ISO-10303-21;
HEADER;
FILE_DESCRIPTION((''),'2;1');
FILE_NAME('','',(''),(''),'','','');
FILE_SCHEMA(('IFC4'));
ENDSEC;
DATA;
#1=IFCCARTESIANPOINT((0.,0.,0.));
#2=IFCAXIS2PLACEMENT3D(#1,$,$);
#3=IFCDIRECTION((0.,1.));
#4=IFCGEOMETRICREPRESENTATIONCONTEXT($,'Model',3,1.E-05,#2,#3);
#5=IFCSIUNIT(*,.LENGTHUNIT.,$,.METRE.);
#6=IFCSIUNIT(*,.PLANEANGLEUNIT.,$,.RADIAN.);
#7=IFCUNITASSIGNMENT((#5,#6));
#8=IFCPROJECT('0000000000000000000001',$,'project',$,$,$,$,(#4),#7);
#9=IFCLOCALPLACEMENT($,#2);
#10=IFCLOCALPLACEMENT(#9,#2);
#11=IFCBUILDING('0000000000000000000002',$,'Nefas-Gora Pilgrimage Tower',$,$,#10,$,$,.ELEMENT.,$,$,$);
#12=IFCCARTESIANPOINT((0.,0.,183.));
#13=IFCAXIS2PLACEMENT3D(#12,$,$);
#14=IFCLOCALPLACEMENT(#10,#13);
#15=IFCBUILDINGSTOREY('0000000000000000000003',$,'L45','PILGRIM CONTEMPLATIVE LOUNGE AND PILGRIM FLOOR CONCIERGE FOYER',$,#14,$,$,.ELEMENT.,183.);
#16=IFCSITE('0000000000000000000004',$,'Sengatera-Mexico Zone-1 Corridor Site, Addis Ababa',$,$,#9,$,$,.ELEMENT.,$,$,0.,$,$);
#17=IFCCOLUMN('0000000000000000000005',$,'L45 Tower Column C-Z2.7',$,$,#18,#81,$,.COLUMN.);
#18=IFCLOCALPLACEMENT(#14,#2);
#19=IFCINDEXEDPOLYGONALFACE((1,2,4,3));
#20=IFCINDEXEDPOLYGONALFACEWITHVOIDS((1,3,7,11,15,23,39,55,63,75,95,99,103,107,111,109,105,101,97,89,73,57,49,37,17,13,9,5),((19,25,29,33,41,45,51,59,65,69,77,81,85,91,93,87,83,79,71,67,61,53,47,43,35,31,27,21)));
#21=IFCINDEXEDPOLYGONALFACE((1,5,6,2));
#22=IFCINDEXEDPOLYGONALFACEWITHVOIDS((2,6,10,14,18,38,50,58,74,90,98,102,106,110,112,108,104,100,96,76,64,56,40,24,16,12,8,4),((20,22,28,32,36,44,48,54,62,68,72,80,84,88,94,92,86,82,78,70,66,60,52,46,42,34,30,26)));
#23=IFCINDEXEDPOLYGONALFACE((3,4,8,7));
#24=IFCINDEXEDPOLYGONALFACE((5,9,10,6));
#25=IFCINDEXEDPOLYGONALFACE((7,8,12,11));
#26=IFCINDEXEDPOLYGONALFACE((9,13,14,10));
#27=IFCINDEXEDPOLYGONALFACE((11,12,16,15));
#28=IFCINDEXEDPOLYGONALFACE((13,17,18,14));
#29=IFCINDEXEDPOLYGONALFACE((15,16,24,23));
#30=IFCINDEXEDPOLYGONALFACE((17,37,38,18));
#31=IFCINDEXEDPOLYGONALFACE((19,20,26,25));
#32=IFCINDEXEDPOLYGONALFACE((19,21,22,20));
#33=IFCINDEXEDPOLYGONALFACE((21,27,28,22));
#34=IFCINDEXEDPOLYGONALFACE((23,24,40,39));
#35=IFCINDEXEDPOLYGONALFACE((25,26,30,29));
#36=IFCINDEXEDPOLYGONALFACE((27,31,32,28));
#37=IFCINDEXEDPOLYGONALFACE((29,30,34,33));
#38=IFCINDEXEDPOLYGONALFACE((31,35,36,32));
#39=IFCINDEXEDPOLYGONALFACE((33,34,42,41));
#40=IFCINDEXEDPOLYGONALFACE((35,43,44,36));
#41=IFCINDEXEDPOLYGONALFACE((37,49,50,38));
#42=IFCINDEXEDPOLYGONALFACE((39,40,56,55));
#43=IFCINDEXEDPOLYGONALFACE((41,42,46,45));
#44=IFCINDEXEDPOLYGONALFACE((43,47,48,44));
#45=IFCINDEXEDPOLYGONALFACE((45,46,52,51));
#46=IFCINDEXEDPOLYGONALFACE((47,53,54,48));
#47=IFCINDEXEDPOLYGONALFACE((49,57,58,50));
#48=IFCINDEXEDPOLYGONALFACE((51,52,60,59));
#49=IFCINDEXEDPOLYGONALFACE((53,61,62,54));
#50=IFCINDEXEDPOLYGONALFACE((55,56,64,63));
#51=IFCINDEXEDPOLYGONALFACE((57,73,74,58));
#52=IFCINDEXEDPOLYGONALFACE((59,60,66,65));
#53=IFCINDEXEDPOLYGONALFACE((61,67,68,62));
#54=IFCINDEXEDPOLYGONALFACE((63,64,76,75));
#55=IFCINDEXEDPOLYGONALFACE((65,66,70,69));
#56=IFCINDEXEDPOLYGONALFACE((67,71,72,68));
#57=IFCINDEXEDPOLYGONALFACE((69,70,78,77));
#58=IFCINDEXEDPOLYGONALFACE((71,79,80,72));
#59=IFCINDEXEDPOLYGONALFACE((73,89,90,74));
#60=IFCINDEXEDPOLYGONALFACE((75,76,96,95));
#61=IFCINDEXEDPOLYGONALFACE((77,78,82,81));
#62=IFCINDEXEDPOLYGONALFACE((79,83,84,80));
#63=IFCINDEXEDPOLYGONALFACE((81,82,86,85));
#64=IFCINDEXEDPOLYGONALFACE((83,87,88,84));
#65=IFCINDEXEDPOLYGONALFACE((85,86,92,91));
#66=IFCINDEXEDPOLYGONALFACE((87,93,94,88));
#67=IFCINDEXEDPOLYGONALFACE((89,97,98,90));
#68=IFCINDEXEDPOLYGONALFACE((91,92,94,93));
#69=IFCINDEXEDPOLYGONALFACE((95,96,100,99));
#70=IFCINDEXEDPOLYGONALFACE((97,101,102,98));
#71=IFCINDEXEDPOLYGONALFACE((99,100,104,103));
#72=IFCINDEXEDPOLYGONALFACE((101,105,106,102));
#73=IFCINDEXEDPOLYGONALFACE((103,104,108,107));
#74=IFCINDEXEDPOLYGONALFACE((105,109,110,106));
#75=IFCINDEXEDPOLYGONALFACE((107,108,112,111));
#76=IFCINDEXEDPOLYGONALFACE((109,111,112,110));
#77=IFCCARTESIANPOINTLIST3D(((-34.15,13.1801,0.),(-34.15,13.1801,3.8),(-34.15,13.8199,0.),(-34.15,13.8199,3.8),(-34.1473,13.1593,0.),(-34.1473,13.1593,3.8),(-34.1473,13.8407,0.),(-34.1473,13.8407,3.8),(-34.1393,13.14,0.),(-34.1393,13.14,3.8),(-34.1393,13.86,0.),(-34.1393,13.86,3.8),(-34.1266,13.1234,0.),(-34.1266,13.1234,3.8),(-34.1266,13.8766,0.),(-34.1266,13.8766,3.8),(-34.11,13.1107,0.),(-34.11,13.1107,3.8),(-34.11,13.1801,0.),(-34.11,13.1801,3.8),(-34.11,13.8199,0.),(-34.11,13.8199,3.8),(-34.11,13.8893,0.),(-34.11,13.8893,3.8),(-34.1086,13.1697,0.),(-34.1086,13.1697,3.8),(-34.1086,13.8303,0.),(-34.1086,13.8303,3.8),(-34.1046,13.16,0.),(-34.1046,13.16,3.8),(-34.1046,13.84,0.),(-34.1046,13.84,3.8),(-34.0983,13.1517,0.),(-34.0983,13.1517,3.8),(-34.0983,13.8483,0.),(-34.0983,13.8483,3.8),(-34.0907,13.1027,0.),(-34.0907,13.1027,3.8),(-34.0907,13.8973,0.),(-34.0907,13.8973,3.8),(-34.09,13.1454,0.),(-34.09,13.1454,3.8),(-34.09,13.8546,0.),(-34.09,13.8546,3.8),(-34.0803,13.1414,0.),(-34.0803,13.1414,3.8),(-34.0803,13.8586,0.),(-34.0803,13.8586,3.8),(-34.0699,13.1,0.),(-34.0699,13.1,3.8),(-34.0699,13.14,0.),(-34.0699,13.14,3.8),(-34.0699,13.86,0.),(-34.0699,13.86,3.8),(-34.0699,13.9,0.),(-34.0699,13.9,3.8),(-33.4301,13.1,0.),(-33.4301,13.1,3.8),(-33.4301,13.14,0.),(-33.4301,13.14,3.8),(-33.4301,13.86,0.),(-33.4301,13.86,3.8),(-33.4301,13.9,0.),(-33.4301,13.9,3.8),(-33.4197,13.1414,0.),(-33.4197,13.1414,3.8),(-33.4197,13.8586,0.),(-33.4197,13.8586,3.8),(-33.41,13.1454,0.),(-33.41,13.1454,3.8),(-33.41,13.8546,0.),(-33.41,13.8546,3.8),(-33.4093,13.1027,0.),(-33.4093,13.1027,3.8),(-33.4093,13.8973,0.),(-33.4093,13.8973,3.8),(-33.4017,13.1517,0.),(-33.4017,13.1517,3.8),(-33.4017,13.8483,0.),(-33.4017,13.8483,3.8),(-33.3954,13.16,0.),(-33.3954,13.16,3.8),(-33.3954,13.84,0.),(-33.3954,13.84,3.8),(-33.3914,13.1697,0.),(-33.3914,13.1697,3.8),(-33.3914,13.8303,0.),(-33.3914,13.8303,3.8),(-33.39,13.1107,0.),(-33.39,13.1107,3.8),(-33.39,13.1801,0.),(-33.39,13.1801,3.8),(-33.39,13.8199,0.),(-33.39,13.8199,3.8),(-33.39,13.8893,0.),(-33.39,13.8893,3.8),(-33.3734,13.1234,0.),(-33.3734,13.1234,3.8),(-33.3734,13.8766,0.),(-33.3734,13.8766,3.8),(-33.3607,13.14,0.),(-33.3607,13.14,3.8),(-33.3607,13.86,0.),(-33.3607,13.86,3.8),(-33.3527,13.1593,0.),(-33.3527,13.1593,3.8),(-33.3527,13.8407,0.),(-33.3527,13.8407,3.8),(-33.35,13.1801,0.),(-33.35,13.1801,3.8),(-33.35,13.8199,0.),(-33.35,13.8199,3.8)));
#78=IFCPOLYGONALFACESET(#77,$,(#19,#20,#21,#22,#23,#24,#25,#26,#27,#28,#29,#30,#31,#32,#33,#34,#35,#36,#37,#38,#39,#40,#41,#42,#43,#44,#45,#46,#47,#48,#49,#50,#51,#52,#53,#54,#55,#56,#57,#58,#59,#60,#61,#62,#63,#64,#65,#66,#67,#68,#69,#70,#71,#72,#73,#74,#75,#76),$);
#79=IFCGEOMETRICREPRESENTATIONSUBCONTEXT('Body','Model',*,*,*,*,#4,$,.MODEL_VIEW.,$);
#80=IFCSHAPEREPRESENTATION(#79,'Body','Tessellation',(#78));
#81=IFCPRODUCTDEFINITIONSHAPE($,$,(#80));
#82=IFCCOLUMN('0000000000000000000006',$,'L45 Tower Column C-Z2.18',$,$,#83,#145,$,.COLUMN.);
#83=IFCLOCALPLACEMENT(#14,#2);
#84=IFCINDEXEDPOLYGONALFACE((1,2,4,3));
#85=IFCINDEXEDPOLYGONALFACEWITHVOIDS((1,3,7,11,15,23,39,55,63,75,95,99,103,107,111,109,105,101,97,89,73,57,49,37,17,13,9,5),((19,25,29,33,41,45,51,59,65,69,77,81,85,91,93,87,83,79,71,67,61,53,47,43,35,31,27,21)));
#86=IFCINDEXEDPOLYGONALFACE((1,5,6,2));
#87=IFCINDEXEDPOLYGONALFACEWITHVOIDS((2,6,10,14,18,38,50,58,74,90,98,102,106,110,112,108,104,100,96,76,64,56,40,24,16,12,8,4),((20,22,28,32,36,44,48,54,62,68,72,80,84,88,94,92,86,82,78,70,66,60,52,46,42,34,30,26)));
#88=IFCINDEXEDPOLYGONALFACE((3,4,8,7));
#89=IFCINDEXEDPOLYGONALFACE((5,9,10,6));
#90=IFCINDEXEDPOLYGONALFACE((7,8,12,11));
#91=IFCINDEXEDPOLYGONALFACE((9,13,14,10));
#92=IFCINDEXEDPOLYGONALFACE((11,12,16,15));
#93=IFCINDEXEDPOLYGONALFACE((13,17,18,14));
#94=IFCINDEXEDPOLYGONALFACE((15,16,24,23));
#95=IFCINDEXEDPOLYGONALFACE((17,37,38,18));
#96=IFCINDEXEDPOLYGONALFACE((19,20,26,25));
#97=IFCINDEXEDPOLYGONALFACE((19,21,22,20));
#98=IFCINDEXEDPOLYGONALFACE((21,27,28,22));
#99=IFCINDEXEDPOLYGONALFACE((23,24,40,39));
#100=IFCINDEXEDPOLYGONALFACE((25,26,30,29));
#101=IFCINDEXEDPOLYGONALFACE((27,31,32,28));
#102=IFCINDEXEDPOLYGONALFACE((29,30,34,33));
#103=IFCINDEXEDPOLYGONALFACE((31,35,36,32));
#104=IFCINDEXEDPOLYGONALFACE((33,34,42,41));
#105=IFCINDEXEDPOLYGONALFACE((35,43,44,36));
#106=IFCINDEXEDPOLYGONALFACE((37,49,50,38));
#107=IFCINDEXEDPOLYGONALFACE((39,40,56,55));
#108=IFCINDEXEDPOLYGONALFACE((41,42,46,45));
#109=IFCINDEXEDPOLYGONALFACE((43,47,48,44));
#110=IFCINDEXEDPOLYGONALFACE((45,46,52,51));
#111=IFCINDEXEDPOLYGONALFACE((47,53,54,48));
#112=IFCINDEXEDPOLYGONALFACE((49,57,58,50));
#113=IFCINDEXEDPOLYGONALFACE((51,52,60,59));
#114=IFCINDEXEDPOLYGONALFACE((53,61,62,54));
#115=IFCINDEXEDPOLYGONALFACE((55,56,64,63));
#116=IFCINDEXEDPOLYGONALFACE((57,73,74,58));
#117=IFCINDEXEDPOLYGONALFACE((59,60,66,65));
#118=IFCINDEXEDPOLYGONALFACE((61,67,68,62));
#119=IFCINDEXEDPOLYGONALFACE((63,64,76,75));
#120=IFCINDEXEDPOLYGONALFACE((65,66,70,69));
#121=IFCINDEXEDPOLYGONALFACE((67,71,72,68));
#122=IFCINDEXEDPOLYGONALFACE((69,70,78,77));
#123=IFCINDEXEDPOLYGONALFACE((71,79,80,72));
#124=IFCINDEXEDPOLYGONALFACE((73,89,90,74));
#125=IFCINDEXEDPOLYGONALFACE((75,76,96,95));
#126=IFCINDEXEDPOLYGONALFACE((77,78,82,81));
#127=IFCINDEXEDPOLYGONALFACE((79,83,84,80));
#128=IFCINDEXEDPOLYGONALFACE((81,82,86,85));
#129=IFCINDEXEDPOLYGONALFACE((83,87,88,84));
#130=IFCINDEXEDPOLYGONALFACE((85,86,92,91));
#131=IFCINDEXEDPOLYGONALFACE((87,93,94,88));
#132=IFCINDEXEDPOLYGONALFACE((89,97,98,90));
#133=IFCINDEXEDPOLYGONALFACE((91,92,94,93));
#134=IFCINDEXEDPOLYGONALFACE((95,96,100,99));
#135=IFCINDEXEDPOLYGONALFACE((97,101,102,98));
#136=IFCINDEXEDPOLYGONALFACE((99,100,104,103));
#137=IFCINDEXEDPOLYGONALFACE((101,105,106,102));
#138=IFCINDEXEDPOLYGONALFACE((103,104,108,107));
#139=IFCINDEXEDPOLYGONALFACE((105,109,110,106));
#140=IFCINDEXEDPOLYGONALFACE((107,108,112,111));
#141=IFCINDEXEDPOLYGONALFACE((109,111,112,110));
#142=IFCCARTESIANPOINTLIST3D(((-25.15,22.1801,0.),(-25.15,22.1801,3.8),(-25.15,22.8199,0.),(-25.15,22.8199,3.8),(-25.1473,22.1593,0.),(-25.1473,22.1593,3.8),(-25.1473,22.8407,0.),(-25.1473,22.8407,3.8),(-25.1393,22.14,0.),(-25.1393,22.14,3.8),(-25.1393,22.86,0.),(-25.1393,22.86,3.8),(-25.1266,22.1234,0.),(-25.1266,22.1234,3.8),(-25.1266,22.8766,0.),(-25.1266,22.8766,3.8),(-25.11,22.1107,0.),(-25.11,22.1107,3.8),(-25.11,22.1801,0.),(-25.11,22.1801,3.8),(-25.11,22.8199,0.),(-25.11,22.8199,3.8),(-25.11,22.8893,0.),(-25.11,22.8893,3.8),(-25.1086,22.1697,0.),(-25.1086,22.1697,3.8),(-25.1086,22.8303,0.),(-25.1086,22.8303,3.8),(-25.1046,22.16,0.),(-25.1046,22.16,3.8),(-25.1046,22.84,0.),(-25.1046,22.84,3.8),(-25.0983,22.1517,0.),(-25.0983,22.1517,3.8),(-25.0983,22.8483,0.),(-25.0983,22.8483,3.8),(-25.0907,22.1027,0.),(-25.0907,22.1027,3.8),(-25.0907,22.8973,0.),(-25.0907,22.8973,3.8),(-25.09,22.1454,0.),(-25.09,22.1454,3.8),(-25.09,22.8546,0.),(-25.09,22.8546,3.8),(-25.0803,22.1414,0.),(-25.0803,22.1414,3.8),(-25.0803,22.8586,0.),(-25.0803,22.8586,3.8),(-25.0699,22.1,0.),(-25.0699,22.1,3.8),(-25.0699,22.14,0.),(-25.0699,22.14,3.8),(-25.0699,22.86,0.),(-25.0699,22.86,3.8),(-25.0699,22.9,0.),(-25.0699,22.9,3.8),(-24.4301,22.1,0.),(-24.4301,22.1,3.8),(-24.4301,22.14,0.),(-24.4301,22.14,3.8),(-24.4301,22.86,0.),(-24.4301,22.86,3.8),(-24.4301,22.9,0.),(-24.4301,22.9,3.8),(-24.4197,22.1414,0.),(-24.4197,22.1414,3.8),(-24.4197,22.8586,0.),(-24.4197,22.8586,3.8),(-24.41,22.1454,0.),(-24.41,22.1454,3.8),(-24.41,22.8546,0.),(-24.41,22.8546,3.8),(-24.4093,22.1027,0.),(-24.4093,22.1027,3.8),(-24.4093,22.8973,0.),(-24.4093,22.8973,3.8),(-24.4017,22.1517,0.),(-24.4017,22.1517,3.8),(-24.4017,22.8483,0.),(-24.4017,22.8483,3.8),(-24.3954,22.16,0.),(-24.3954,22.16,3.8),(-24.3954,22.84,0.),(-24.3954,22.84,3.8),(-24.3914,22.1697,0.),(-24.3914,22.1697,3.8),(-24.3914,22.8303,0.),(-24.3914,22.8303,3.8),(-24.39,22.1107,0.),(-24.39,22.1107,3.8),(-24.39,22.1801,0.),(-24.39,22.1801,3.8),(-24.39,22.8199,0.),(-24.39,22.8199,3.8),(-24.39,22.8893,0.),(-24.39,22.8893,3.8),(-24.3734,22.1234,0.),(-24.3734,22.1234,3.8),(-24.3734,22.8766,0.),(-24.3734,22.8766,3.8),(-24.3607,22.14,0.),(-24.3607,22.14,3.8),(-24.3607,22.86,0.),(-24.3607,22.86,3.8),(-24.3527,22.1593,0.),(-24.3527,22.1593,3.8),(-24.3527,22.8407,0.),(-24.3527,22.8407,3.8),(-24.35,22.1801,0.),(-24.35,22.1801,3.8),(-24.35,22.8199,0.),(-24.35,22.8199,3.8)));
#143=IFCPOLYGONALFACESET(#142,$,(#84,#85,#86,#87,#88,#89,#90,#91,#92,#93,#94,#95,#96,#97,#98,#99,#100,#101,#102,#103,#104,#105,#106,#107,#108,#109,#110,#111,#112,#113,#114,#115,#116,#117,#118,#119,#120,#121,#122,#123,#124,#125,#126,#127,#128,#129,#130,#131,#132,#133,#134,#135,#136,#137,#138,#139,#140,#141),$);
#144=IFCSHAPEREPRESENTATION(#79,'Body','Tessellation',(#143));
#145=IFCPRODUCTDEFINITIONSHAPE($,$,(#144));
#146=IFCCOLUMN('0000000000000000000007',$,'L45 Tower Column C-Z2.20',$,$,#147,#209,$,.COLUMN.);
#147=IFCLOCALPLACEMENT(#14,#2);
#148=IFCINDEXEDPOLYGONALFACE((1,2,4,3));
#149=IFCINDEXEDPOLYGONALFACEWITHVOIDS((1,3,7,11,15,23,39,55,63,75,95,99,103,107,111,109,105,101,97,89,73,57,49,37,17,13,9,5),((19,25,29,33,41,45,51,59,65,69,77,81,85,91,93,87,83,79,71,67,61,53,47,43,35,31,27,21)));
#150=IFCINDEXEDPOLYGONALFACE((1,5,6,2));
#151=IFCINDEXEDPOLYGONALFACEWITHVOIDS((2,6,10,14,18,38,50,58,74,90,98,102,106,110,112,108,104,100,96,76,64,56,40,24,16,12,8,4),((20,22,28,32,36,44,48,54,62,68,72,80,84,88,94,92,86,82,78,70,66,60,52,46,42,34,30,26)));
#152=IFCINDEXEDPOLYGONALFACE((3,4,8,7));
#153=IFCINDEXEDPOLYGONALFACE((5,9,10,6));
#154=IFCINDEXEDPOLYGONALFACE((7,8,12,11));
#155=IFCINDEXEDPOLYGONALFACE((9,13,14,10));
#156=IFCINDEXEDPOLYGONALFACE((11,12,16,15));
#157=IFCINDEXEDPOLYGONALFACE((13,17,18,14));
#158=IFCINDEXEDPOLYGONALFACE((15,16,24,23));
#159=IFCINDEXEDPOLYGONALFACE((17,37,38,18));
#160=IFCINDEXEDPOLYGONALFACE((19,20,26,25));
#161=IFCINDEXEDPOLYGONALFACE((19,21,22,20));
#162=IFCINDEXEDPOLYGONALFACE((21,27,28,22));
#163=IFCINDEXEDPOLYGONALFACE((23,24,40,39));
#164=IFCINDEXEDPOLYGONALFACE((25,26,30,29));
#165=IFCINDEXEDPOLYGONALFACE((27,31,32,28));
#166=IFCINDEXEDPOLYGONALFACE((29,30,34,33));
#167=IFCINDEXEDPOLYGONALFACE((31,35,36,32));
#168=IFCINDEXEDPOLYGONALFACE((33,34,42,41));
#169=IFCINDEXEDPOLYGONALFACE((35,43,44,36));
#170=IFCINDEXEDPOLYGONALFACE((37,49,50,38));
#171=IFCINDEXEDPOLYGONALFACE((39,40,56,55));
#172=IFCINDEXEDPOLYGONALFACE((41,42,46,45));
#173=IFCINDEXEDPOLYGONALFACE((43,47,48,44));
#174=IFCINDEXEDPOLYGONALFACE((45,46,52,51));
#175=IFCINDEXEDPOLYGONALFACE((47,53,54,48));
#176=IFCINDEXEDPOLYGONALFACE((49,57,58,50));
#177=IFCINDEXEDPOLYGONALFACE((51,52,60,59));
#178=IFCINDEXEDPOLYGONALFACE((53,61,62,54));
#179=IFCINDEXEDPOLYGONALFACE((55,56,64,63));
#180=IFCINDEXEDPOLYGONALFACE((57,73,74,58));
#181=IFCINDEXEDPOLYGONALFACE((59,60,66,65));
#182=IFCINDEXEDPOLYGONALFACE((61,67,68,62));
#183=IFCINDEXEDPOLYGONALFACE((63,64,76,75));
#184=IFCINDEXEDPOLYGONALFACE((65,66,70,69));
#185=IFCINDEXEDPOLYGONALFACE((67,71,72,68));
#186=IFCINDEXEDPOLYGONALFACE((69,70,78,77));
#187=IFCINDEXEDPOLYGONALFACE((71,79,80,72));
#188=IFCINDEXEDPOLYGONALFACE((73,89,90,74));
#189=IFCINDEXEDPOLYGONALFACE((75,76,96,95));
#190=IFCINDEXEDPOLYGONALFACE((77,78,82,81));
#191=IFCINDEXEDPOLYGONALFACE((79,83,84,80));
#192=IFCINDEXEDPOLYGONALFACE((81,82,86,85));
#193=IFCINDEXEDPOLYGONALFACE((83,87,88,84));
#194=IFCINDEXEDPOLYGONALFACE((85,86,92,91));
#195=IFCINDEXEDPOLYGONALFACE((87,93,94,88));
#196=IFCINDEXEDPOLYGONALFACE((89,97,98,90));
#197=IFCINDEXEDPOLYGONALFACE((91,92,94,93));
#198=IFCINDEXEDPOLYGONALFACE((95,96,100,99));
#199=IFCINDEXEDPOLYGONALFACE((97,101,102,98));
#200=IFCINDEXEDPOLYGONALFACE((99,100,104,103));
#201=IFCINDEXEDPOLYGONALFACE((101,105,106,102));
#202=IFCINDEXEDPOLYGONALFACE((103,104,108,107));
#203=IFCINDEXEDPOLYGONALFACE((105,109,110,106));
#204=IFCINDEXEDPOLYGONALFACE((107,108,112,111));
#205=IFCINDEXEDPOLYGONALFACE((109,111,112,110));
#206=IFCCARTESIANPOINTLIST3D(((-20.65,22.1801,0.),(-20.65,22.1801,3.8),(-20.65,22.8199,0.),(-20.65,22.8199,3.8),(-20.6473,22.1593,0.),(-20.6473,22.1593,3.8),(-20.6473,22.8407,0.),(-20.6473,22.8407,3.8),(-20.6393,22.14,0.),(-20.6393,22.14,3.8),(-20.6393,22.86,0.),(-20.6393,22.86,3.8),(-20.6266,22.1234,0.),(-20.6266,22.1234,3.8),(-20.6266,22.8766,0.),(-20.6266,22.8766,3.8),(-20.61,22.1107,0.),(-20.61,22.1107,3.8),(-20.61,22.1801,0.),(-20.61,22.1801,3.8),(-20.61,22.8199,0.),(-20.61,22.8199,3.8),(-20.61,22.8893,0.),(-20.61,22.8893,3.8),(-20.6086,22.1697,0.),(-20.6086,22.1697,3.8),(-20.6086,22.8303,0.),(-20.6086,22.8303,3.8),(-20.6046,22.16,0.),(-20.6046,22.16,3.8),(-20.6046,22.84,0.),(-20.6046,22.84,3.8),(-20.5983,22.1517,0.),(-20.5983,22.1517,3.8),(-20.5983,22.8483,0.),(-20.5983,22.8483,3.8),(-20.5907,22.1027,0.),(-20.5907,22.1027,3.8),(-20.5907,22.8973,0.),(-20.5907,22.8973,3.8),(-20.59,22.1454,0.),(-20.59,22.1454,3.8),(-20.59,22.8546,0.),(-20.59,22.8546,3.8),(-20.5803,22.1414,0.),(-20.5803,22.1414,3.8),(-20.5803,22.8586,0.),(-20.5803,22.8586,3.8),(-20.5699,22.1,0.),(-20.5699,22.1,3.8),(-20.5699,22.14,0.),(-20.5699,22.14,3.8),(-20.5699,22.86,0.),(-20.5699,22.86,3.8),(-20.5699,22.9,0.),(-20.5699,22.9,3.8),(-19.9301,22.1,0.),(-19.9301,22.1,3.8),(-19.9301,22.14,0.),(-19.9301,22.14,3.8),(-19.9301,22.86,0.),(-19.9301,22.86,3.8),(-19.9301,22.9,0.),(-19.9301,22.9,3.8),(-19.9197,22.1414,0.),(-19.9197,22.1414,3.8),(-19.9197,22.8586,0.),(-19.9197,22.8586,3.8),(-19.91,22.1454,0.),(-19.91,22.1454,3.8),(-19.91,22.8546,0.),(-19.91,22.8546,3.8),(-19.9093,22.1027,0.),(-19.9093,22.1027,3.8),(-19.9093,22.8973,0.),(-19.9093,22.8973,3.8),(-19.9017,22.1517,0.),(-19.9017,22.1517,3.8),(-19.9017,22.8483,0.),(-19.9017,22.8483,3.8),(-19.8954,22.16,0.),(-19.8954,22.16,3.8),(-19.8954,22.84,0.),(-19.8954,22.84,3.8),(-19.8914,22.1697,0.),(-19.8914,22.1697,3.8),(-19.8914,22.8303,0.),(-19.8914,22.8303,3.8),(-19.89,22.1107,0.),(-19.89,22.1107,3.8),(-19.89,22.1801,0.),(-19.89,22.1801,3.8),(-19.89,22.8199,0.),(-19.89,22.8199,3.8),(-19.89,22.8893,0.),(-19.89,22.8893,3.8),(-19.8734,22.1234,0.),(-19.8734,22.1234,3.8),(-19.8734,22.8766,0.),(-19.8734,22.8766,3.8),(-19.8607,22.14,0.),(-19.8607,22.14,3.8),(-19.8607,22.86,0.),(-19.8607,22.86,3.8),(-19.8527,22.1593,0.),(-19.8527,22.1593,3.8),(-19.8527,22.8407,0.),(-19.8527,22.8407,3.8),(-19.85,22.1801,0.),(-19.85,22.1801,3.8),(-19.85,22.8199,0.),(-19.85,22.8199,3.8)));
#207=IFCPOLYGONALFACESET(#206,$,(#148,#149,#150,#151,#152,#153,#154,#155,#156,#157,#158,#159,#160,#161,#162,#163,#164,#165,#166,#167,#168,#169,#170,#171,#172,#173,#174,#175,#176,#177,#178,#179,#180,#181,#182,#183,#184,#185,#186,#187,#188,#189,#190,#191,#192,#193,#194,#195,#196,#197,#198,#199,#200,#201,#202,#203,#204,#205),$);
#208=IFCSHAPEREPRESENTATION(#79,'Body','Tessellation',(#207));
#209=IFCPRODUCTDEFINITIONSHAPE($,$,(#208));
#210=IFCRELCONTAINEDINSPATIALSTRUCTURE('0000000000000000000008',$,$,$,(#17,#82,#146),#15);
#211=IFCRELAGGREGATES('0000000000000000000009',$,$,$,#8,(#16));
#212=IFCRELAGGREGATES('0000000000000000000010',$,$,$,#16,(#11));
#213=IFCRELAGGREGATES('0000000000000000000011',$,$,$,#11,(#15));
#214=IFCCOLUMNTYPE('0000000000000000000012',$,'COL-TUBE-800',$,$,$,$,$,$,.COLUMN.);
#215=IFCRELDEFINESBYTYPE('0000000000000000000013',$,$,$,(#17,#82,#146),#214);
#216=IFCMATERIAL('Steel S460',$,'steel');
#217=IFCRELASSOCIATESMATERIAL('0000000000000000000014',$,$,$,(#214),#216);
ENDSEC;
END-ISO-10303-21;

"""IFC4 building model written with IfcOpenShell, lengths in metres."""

from ifc_helpers import new_model, si_unit, direction, frame, origin, origin_2d, place, context, subcontext, project, spatial, hollow_rectangle, extrude, source, transform, mapped, material, material_profile, profile_set, type_object, element, save


model = new_model("IFC4")

# Units and contexts
model_context = context("Model", 3, precision=1e-05, world=origin(), true_north=direction((0.0, 1.0)))
body_context = subcontext(model_context, "Body", "Model", "MODEL_VIEW")
ifc_project = project(units=[si_unit("LENGTHUNIT", "METRE"), si_unit("PLANEANGLEUNIT", "RADIAN")], contexts=[model_context])

# Site, building, storey
site_placement = place(None, origin())
site = spatial("IfcSite", under=ifc_project, at=site_placement, Name="Sengatera-Mexico Zone-1 Corridor Site, Addis Ababa", CompositionType="ELEMENT", RefElevation=0.0)
building_placement = place(site_placement, origin())
building = spatial("IfcBuilding", under=site, at=building_placement, Name="Nefas-Gora Pilgrimage Tower", CompositionType="ELEMENT")
storey_placement = place(building_placement, frame((0.0, 0.0, 183.0)))
storey = spatial("IfcBuildingStorey", under=building, at=storey_placement, Name="L45", Description="PILGRIM CONTEMPLATIVE LOUNGE AND PILGRIM FLOOR CONCIERGE FOYER", CompositionType="ELEMENT", Elevation=183.0)

# Columns
ifc_material_1 = material(Name="Steel S460", Category="steel")
ifc_material_profile_1 = material_profile(ifc_material_1, hollow_rectangle(XDim=0.8, YDim=0.8, WallThickness=0.04, InnerFilletRadius=0.04, OuterFilletRadius=0.0801, at=origin_2d()), Name="BOX 800x800x40")
ifc_profile_set_1 = profile_set([ifc_material_profile_1], Name="Steel S460")
column_type_1 = type_object("IfcColumnType", Name="COL-TUBE-800", PredefinedType="COLUMN", material=ifc_profile_set_1)
shared_shape_1 = source(origin(), body_context, "Body", "SweptSolid", [
    extrude(hollow_rectangle(XDim=0.8, YDim=0.8, WallThickness=0.04, InnerFilletRadius=0.04, OuterFilletRadius=0.0801, at=origin_2d()), origin(), (0.0, 0.0, 1.0), 3.8),
])
for number, where, z_axis, x_axis, name in (
    (1, (-33.75, 13.5, 0.0), (0.0, 0.0, 1.0), (1.0, 0.0, 0.0), "L45 Tower Column C-Z2.7"),
    (2, (-24.75, 22.5, 0.0), (0.0, 0.0, 1.0), (1.0, 0.0, 0.0), "L45 Tower Column C-Z2.18"),
    (3, (-20.25, 22.5, 0.0), (0.0, 0.0, 1.0), (1.0, 0.0, 0.0), "L45 Tower Column C-Z2.20"),
):
    element("IfcColumn", number, at=place(storey_placement, frame(where, z_axis=z_axis, x_axis=x_axis)), inside=storey, type_object=column_type_1, Name=name, PredefinedType="COLUMN", context=body_context, shape_type="MappedRepresentation", body=[
        mapped(shared_shape_1, transform((0.0, 0.0, 0.0), x_axis=(1.0, 0.0, 0.0), y_axis=(0.0, 1.0, 0.0), z_axis=(0.0, 0.0, 1.0), scale=1.0)),
    ])

save(model, "model.ifc")
